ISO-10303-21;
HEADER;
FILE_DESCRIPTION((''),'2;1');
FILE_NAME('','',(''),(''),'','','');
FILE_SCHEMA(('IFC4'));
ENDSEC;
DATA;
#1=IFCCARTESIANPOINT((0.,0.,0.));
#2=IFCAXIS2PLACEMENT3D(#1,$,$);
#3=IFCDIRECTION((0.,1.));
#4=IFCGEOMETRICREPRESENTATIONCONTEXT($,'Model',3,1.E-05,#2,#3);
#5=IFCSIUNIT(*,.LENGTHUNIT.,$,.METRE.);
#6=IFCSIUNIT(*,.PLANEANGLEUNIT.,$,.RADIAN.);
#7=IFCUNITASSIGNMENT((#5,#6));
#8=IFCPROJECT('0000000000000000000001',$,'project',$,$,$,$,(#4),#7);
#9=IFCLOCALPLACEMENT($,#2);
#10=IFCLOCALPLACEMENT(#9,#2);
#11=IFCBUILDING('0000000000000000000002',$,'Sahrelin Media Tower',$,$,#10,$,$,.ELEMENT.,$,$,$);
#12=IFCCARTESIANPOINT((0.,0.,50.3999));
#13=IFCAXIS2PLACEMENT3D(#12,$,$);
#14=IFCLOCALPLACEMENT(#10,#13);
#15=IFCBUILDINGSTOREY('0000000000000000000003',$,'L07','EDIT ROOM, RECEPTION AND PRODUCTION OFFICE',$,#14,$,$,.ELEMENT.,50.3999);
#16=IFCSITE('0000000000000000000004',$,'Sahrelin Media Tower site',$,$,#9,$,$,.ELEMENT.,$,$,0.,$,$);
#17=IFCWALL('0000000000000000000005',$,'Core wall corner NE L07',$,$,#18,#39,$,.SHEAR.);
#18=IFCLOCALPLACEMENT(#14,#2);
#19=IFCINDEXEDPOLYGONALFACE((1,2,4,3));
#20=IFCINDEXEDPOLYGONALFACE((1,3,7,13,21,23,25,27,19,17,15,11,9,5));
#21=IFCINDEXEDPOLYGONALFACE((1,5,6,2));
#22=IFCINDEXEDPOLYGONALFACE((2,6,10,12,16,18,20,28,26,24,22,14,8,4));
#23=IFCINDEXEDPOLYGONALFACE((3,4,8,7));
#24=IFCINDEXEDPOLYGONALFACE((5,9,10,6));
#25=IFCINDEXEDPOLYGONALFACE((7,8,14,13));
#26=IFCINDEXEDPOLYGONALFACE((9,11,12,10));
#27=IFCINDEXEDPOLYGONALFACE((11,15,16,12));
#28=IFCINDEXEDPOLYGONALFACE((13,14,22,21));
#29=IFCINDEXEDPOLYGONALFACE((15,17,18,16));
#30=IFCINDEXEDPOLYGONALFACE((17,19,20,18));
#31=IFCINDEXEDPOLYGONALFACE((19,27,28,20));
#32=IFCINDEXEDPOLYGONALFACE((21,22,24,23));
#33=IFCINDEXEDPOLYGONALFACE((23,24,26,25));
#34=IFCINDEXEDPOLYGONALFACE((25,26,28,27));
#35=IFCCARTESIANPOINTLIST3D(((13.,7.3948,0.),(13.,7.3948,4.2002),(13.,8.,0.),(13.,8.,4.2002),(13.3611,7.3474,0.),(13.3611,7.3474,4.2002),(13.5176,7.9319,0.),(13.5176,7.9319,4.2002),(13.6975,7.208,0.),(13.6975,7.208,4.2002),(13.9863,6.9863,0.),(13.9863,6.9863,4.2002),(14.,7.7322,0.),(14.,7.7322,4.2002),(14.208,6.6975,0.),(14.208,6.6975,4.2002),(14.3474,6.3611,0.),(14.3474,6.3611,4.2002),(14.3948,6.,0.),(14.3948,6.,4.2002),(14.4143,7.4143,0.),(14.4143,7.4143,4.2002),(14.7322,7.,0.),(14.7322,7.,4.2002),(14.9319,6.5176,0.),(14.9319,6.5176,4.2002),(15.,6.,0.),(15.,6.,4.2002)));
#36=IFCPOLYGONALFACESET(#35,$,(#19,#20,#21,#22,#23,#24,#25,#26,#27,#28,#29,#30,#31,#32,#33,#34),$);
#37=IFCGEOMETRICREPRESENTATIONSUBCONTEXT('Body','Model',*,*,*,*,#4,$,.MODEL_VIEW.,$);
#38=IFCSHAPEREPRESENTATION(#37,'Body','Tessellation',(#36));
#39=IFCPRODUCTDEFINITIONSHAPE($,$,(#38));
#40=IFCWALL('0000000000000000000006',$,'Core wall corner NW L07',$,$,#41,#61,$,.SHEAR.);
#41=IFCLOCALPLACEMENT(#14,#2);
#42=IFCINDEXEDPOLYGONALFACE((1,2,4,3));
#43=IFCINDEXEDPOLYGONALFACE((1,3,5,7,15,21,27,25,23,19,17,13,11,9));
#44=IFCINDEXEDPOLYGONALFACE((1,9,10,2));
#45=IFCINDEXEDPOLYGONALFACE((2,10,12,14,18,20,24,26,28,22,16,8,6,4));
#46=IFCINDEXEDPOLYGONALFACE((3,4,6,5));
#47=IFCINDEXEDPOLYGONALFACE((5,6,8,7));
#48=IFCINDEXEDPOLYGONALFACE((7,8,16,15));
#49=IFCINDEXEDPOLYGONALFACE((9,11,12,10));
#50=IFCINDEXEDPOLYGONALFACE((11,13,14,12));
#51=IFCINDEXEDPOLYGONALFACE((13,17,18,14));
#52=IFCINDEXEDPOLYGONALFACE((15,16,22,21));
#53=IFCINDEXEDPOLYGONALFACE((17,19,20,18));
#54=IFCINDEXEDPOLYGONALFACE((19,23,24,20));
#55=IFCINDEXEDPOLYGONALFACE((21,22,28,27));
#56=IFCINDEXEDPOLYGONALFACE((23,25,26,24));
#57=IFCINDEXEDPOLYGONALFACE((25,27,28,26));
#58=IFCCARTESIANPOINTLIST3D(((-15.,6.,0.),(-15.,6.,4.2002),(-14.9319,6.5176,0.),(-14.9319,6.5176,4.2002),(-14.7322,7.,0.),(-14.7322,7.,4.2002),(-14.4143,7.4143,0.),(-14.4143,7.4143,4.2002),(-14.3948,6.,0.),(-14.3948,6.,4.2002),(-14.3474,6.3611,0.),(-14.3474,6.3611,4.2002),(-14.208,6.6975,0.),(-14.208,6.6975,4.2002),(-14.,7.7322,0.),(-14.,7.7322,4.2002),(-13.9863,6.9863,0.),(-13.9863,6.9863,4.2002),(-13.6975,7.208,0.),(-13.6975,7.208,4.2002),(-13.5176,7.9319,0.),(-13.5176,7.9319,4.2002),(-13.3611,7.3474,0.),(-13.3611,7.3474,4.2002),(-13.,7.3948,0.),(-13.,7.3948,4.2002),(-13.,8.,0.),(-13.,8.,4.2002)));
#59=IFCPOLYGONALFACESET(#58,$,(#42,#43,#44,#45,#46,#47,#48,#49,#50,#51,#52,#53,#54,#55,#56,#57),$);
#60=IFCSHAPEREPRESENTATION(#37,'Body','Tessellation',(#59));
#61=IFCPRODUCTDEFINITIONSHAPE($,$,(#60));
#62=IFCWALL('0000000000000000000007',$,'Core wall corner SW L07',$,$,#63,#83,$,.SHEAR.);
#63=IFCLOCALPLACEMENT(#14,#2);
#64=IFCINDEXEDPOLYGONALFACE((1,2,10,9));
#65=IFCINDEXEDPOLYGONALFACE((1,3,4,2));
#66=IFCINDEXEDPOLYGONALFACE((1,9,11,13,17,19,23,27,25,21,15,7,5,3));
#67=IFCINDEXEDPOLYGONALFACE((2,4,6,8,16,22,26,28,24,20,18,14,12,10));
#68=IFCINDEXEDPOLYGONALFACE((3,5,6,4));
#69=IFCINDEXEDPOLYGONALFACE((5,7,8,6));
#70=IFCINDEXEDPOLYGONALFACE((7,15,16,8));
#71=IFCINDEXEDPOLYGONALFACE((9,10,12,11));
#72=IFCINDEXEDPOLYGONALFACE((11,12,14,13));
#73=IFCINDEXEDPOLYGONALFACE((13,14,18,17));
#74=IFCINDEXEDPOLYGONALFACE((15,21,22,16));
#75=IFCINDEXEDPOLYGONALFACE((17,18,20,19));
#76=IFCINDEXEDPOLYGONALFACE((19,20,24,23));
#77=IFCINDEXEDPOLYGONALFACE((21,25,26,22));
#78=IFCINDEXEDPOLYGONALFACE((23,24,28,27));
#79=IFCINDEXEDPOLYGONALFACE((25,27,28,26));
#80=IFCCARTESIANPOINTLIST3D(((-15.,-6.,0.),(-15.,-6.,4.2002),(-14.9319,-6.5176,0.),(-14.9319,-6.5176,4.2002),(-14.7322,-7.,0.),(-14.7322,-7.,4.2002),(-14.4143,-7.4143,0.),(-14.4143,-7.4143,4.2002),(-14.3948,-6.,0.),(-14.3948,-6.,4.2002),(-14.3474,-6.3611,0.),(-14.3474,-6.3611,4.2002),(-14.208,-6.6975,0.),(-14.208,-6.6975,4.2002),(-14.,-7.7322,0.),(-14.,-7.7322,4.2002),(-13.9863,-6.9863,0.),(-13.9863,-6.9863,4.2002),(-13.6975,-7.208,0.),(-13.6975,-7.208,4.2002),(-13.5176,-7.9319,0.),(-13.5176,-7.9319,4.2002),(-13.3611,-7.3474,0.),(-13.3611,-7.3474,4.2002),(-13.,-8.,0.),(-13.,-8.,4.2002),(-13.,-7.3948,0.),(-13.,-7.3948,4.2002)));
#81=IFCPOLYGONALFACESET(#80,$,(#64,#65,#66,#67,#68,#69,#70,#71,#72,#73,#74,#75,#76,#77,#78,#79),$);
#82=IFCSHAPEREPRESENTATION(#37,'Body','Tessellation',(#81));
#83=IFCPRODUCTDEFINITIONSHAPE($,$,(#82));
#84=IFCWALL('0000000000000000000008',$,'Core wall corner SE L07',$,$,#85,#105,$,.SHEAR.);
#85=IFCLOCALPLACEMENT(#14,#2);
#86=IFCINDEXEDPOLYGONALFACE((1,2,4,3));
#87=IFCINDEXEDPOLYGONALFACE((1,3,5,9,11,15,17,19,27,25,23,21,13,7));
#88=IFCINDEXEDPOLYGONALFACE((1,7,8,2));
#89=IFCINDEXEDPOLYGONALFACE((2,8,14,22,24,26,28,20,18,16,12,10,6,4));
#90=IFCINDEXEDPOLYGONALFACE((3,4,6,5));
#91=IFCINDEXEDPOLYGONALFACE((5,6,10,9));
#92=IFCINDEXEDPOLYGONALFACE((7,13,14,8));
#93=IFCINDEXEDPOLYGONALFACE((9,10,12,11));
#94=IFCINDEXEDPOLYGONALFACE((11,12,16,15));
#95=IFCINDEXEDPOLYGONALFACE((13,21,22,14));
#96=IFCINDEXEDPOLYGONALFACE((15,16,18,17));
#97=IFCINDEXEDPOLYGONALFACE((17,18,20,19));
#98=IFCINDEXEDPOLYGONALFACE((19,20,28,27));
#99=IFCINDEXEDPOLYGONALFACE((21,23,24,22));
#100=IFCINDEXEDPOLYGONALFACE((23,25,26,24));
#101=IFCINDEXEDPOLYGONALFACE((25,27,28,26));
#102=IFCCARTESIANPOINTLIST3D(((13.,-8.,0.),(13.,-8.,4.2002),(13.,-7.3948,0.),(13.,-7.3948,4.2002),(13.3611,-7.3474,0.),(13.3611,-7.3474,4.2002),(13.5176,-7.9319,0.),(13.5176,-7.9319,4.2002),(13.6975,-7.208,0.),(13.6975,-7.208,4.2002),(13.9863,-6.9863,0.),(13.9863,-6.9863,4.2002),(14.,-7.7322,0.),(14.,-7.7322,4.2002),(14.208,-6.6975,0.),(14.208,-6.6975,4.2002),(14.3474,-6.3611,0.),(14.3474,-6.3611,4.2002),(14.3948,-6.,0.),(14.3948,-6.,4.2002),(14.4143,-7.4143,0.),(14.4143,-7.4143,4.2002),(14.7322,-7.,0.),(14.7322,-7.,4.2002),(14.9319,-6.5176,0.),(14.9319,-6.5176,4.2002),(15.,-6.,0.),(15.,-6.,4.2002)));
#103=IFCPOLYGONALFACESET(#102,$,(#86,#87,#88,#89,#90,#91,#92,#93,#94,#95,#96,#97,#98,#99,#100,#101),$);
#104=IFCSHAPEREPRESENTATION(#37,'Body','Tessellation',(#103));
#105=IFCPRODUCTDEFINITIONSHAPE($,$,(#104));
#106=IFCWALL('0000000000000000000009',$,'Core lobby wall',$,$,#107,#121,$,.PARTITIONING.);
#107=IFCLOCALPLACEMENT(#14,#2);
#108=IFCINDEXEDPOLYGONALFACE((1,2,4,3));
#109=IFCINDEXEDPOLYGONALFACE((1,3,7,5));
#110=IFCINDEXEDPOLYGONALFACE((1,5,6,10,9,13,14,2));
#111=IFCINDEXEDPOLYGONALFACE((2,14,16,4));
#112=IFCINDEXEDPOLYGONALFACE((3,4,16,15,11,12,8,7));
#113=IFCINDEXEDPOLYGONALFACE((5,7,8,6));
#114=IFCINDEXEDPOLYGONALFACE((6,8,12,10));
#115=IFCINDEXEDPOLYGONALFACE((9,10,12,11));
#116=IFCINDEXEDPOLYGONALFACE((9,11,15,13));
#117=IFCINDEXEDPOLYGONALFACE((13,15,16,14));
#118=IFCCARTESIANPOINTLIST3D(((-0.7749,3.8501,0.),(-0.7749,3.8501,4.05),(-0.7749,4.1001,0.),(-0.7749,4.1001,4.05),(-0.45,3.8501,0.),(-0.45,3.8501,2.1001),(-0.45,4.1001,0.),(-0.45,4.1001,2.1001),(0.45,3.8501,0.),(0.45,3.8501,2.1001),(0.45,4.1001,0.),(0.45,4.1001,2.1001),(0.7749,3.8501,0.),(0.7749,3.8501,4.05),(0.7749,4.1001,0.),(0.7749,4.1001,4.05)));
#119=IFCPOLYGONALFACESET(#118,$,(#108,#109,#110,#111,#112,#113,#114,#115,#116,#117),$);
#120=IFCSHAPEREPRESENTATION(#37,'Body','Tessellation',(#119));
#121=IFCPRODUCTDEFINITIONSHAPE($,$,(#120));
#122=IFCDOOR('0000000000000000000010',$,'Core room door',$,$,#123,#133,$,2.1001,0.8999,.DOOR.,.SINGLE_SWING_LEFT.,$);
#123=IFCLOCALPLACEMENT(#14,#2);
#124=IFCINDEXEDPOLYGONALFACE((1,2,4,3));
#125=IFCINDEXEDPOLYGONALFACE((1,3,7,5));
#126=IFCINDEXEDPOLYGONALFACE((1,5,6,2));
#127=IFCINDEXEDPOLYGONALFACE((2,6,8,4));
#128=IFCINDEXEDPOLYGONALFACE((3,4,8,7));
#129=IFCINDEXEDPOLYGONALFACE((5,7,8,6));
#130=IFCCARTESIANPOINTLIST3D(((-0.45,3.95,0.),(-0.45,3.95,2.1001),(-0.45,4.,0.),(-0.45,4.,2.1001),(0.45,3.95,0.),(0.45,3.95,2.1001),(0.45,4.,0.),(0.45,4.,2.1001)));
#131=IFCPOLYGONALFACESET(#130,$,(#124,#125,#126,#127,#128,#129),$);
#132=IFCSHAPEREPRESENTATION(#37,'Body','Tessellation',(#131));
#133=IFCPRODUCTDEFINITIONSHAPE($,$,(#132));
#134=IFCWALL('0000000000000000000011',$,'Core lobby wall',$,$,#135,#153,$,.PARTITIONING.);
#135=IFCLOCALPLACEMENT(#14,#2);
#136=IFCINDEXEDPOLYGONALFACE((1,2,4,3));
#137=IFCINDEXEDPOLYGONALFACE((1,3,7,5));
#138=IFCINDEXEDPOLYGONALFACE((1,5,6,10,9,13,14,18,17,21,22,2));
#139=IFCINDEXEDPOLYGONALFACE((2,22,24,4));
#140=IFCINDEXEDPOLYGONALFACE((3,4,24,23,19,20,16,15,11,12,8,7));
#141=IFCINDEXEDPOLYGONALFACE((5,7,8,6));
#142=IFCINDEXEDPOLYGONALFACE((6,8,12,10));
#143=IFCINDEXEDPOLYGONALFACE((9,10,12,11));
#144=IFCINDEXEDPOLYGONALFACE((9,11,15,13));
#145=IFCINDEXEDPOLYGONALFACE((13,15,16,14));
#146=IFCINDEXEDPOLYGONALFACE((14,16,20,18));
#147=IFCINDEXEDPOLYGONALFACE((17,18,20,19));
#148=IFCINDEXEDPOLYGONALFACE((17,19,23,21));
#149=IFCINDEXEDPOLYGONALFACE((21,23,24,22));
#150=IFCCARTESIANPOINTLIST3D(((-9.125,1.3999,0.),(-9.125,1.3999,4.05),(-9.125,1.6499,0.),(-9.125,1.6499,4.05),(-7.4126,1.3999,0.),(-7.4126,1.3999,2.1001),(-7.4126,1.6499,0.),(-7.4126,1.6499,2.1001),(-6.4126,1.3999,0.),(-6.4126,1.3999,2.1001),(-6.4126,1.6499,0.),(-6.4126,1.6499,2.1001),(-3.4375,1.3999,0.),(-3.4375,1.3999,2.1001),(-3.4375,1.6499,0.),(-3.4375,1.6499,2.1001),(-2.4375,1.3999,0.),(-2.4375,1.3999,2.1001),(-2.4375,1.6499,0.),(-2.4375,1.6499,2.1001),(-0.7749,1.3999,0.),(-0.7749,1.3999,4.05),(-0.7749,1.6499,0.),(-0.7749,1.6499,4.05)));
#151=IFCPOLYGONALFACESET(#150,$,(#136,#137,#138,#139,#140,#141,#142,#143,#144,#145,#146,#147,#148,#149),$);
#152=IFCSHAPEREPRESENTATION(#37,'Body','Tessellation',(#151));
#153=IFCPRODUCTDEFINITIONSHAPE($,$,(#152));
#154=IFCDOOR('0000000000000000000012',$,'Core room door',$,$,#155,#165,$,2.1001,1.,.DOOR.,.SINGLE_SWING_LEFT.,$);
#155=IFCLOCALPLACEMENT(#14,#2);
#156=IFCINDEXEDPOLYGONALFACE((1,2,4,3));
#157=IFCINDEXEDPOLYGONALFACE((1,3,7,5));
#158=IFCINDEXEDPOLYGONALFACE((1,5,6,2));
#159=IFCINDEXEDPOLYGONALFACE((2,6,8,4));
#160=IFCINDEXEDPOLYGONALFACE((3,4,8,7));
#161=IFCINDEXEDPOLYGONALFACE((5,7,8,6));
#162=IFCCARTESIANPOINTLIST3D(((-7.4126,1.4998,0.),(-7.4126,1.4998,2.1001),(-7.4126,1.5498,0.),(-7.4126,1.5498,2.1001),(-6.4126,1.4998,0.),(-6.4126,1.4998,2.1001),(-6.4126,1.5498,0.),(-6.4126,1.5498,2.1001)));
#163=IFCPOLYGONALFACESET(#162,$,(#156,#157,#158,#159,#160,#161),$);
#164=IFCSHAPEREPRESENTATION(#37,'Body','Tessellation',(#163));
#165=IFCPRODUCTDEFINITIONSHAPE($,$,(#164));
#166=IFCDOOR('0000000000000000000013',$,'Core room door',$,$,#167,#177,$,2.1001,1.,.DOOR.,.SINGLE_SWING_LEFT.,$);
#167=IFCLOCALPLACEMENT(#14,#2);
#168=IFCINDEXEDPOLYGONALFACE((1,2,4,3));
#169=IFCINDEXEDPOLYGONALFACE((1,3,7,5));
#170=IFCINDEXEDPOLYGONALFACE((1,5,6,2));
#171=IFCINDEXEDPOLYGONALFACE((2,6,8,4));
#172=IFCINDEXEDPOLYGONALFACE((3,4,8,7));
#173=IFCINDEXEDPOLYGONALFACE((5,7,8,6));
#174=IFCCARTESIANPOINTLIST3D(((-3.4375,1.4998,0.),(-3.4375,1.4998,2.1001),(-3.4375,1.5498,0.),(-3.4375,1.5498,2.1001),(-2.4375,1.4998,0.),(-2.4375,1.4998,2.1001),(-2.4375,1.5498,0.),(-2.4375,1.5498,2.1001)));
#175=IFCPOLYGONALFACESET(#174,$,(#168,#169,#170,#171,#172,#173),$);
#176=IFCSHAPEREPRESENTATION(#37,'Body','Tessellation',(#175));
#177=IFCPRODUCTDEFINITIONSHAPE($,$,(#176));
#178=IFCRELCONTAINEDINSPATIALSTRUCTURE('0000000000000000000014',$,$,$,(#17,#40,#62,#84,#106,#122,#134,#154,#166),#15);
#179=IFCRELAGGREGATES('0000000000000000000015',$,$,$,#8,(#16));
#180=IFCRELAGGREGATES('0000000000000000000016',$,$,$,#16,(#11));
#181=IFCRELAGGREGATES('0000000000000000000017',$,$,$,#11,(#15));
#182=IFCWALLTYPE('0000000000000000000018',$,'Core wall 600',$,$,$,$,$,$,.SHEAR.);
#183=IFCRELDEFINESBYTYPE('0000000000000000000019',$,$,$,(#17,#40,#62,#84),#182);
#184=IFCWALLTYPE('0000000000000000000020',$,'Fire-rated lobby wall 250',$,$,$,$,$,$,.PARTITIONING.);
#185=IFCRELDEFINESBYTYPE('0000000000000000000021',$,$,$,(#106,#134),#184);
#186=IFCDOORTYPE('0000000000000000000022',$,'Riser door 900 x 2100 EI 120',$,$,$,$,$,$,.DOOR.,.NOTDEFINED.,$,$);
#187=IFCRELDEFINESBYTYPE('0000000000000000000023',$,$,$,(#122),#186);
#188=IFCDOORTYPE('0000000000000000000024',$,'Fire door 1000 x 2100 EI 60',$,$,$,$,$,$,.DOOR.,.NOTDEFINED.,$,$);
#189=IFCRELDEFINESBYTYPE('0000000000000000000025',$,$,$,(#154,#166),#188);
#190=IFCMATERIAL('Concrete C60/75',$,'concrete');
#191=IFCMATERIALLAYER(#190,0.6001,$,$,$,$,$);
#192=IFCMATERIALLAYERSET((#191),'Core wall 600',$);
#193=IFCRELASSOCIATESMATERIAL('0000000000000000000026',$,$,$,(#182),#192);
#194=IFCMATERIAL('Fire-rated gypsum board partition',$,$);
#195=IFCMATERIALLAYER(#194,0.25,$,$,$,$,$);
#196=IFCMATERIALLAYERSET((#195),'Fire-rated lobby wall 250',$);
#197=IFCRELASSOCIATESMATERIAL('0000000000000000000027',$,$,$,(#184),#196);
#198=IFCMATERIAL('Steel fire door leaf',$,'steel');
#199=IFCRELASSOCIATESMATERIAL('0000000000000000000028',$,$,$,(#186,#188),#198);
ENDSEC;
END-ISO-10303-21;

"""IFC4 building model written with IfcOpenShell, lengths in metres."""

from ifc_helpers import new_model, si_unit, direction, frame, frame_2d, origin, place, context, subcontext, project, spatial, polyline, rectangle, outline, extrude, material, layer, layer_set, type_object, element, fill, save


model = new_model("IFC4")

# Units and contexts
model_context = context("Model", 3, precision=1e-05, world=origin(), true_north=direction((0.0, 1.0)))
body_context = subcontext(model_context, "Body", "Model", "MODEL_VIEW")
ifc_project = project(units=[si_unit("LENGTHUNIT", "METRE"), si_unit("PLANEANGLEUNIT", "RADIAN")], contexts=[model_context])

# Site, building, storey
site_placement = place(None, origin())
site = spatial("IfcSite", under=ifc_project, at=site_placement, Name="Sahrelin Media Tower site", CompositionType="ELEMENT", RefElevation=0.0)
building_placement = place(site_placement, origin())
building = spatial("IfcBuilding", under=site, at=building_placement, Name="Sahrelin Media Tower", CompositionType="ELEMENT")
storey_placement = place(building_placement, frame((0.0, 0.0, 50.3999)))
storey = spatial("IfcBuildingStorey", under=building, at=storey_placement, Name="L07", Description="EDIT ROOM, RECEPTION AND PRODUCTION OFFICE", CompositionType="ELEMENT", Elevation=50.3999)

# Shared definitions
ifc_material_1 = material(Name="Concrete C60/75", Category="concrete")
ifc_layer_1 = layer(ifc_material_1, 0.6001)
ifc_layer_set_1 = layer_set([ifc_layer_1], Name="Core wall 600")
wall_type_1 = type_object("IfcWallType", Name="Core wall 600", PredefinedType="SHEAR", material=ifc_layer_set_1)
ifc_material_2 = material(Name="Steel fire door leaf", Category="steel")

# Walls
placement = place(storey_placement, origin())
element("IfcWall", 1, at=placement, inside=storey, type_object=wall_type_1, Name="Core wall corner NE L07", PredefinedType="SHEAR", context=body_context, shape_type="SweptSolid", body=[
    extrude(outline(polyline([(13.0, 8.0), (13.0, 7.3948), (13.3611, 7.3474), (13.6975, 7.208), (13.9863, 6.9863), (14.208, 6.6975), (14.3474, 6.3611), (14.3948, 6.0), (15.0, 6.0), (14.9319, 6.5176), (14.7322, 7.0), (14.4143, 7.4143), (14.0, 7.7322), (13.5176, 7.9319), (13.0, 8.0)])), origin(), (0.0, 0.0, 1.0), 4.2002),
])
element("IfcWall", 2, at=placement, inside=storey, type_object=wall_type_1, Name="Core wall corner NW L07", PredefinedType="SHEAR", context=body_context, shape_type="SweptSolid", body=[
    extrude(outline(polyline([(-15.0, 6.0), (-14.3948, 6.0), (-14.3474, 6.3611), (-14.208, 6.6975), (-13.9863, 6.9863), (-13.6975, 7.208), (-13.3611, 7.3474), (-13.0, 7.3948), (-13.0, 8.0), (-13.5176, 7.9319), (-14.0, 7.7322), (-14.4143, 7.4143), (-14.7322, 7.0), (-14.9319, 6.5176), (-15.0, 6.0)])), origin(), (0.0, 0.0, 1.0), 4.2002),
])
element("IfcWall", 3, at=placement, inside=storey, type_object=wall_type_1, Name="Core wall corner SW L07", PredefinedType="SHEAR", context=body_context, shape_type="SweptSolid", body=[
    extrude(outline(polyline([(-13.0, -8.0), (-13.0, -7.3948), (-13.3611, -7.3474), (-13.6975, -7.208), (-13.9863, -6.9863), (-14.208, -6.6975), (-14.3474, -6.3611), (-14.3948, -6.0), (-15.0, -6.0), (-14.9319, -6.5176), (-14.7322, -7.0), (-14.4143, -7.4143), (-14.0, -7.7322), (-13.5176, -7.9319), (-13.0, -8.0)])), origin(), (0.0, 0.0, 1.0), 4.2002),
])
element("IfcWall", 4, at=placement, inside=storey, type_object=wall_type_1, Name="Core wall corner SE L07", PredefinedType="SHEAR", context=body_context, shape_type="SweptSolid", body=[
    extrude(outline(polyline([(15.0, -6.0), (14.3948, -6.0), (14.3474, -6.3611), (14.208, -6.6975), (13.9863, -6.9863), (13.6975, -7.208), (13.3611, -7.3474), (13.0, -7.3948), (13.0, -8.0), (13.5176, -7.9319), (14.0, -7.7322), (14.4143, -7.4143), (14.7322, -7.0), (14.9319, -6.5176), (15.0, -6.0)])), origin(), (0.0, 0.0, 1.0), 4.2002),
])

# Wall, opening, door
ifc_material_3 = material(Name="Fire-rated gypsum board partition")
ifc_layer_2 = layer(ifc_material_3, 0.25)
ifc_layer_set_2 = layer_set([ifc_layer_2], Name="Fire-rated lobby wall 250")
wall_type_2 = type_object("IfcWallType", Name="Fire-rated lobby wall 250", PredefinedType="PARTITIONING", material=ifc_layer_set_2)
wall_1_placement = place(storey_placement, frame((-0.7749, 3.9751, 0.0), z_axis=(0.0, 0.0, 1.0), x_axis=(1.0, 0.0, 0.0)))
wall_1 = element("IfcWall", 5, at=wall_1_placement, inside=storey, type_object=wall_type_2, Name="Core lobby wall", PredefinedType="PARTITIONING", context=body_context, shape_type="SweptSolid", body=[
    extrude(rectangle(XDim=1.5498, YDim=0.25, at=frame_2d((0.7749, 0.0))), origin(), (0.0, 0.0, 1.0), 4.05),
])
opening_1_placement = place(wall_1_placement, frame((0.325, 0.0, 0.0)))
opening_1 = element("IfcOpeningElement", 6, at=opening_1_placement, cuts=wall_1, PredefinedType="OPENING", context=body_context, shape_type="SweptSolid", body=[
    extrude(rectangle(XDim=0.8999, YDim=2.1001, at=frame_2d((0.45, 1.05))), frame((0.0, 0.125, 0.0), z_axis=(0.0, -1.0, 0.0), x_axis=(1.0, 0.0, 0.0)), (0.0, 0.0, 1.0), 0.25),
])
door_type_1 = type_object("IfcDoorType", Name="Riser door 900 x 2100 EI 120", OperationType="NOTDEFINED", PredefinedType="DOOR", material=ifc_material_2)
door_1_placement = place(opening_1_placement, origin())
door_1 = element("IfcDoor", 7, at=door_1_placement, inside=storey, type_object=door_type_1, Name="Core room door", OperationType="SINGLE_SWING_LEFT", OverallHeight=2.1001, OverallWidth=0.8999, PredefinedType="DOOR", context=body_context, shape_type="SweptSolid", body=[
    extrude(rectangle(XDim=0.8999, YDim=2.1001, at=frame_2d((0.45, 1.05))), frame((0.0, 0.0249, 0.0), z_axis=(0.0, -1.0, 0.0), x_axis=(1.0, 0.0, 0.0)), (0.0, 0.0, 1.0), 0.05),
])
fill(opening_1, door_1)

# Wall, openings, doors
wall_2_placement = place(storey_placement, frame((-9.125, 1.5249, 0.0), z_axis=(0.0, 0.0, 1.0), x_axis=(1.0, 0.0, 0.0)))
wall_2 = element("IfcWall", 8, at=wall_2_placement, inside=storey, type_object=wall_type_2, Name="Core lobby wall", PredefinedType="PARTITIONING", context=body_context, shape_type="SweptSolid", body=[
    extrude(rectangle(XDim=8.3501, YDim=0.25, at=frame_2d((4.175, 0.0))), origin(), (0.0, 0.0, 1.0), 4.05),
])
opening_2_placement = place(wall_2_placement, frame((1.7124, 0.0, 0.0)))
opening_2 = element("IfcOpeningElement", 9, at=opening_2_placement, cuts=wall_2, PredefinedType="OPENING", context=body_context, shape_type="SweptSolid", body=[
    extrude(rectangle(XDim=1.0, YDim=2.1001, at=frame_2d((0.5, 1.05))), frame((0.0, 0.125, 0.0), z_axis=(0.0, -1.0, 0.0), x_axis=(1.0, 0.0, 0.0)), (0.0, 0.0, 1.0), 0.25),
])
opening_3_placement = place(wall_2_placement, frame((5.6875, 0.0, 0.0)))
opening_3 = element("IfcOpeningElement", 10, at=opening_3_placement, cuts=wall_2, PredefinedType="OPENING", context=body_context, shape_type="SweptSolid", body=[
    extrude(rectangle(XDim=1.0, YDim=2.1001, at=frame_2d((0.5, 1.05))), frame((0.0, 0.125, 0.0), z_axis=(0.0, -1.0, 0.0), x_axis=(1.0, 0.0, 0.0)), (0.0, 0.0, 1.0), 0.25),
])
door_type_2 = type_object("IfcDoorType", Name="Fire door 1000 x 2100 EI 60", OperationType="NOTDEFINED", PredefinedType="DOOR", material=ifc_material_2)
door_2_placement = place(opening_2_placement, origin())
door_2 = element("IfcDoor", 11, at=door_2_placement, inside=storey, type_object=door_type_2, Name="Core room door", OperationType="SINGLE_SWING_LEFT", OverallHeight=2.1001, OverallWidth=1.0, PredefinedType="DOOR", context=body_context, shape_type="SweptSolid", body=[
    extrude(rectangle(XDim=1.0, YDim=2.1001, at=frame_2d((0.5, 1.05))), frame((0.0, 0.0249, 0.0), z_axis=(0.0, -1.0, 0.0), x_axis=(1.0, 0.0, 0.0)), (0.0, 0.0, 1.0), 0.05),
])
fill(opening_2, door_2)
door_3_placement = place(opening_3_placement, origin())
door_3 = element("IfcDoor", 12, at=door_3_placement, inside=storey, type_object=door_type_2, Name="Core room door", OperationType="SINGLE_SWING_LEFT", OverallHeight=2.1001, OverallWidth=1.0, PredefinedType="DOOR", context=body_context, shape_type="SweptSolid", body=[
    extrude(rectangle(XDim=1.0, YDim=2.1001, at=frame_2d((0.5, 1.05))), frame((0.0, 0.0249, 0.0), z_axis=(0.0, -1.0, 0.0), x_axis=(1.0, 0.0, 0.0)), (0.0, 0.0, 1.0), 0.05),
])
fill(opening_3, door_3)

save(model, "model.ifc")
